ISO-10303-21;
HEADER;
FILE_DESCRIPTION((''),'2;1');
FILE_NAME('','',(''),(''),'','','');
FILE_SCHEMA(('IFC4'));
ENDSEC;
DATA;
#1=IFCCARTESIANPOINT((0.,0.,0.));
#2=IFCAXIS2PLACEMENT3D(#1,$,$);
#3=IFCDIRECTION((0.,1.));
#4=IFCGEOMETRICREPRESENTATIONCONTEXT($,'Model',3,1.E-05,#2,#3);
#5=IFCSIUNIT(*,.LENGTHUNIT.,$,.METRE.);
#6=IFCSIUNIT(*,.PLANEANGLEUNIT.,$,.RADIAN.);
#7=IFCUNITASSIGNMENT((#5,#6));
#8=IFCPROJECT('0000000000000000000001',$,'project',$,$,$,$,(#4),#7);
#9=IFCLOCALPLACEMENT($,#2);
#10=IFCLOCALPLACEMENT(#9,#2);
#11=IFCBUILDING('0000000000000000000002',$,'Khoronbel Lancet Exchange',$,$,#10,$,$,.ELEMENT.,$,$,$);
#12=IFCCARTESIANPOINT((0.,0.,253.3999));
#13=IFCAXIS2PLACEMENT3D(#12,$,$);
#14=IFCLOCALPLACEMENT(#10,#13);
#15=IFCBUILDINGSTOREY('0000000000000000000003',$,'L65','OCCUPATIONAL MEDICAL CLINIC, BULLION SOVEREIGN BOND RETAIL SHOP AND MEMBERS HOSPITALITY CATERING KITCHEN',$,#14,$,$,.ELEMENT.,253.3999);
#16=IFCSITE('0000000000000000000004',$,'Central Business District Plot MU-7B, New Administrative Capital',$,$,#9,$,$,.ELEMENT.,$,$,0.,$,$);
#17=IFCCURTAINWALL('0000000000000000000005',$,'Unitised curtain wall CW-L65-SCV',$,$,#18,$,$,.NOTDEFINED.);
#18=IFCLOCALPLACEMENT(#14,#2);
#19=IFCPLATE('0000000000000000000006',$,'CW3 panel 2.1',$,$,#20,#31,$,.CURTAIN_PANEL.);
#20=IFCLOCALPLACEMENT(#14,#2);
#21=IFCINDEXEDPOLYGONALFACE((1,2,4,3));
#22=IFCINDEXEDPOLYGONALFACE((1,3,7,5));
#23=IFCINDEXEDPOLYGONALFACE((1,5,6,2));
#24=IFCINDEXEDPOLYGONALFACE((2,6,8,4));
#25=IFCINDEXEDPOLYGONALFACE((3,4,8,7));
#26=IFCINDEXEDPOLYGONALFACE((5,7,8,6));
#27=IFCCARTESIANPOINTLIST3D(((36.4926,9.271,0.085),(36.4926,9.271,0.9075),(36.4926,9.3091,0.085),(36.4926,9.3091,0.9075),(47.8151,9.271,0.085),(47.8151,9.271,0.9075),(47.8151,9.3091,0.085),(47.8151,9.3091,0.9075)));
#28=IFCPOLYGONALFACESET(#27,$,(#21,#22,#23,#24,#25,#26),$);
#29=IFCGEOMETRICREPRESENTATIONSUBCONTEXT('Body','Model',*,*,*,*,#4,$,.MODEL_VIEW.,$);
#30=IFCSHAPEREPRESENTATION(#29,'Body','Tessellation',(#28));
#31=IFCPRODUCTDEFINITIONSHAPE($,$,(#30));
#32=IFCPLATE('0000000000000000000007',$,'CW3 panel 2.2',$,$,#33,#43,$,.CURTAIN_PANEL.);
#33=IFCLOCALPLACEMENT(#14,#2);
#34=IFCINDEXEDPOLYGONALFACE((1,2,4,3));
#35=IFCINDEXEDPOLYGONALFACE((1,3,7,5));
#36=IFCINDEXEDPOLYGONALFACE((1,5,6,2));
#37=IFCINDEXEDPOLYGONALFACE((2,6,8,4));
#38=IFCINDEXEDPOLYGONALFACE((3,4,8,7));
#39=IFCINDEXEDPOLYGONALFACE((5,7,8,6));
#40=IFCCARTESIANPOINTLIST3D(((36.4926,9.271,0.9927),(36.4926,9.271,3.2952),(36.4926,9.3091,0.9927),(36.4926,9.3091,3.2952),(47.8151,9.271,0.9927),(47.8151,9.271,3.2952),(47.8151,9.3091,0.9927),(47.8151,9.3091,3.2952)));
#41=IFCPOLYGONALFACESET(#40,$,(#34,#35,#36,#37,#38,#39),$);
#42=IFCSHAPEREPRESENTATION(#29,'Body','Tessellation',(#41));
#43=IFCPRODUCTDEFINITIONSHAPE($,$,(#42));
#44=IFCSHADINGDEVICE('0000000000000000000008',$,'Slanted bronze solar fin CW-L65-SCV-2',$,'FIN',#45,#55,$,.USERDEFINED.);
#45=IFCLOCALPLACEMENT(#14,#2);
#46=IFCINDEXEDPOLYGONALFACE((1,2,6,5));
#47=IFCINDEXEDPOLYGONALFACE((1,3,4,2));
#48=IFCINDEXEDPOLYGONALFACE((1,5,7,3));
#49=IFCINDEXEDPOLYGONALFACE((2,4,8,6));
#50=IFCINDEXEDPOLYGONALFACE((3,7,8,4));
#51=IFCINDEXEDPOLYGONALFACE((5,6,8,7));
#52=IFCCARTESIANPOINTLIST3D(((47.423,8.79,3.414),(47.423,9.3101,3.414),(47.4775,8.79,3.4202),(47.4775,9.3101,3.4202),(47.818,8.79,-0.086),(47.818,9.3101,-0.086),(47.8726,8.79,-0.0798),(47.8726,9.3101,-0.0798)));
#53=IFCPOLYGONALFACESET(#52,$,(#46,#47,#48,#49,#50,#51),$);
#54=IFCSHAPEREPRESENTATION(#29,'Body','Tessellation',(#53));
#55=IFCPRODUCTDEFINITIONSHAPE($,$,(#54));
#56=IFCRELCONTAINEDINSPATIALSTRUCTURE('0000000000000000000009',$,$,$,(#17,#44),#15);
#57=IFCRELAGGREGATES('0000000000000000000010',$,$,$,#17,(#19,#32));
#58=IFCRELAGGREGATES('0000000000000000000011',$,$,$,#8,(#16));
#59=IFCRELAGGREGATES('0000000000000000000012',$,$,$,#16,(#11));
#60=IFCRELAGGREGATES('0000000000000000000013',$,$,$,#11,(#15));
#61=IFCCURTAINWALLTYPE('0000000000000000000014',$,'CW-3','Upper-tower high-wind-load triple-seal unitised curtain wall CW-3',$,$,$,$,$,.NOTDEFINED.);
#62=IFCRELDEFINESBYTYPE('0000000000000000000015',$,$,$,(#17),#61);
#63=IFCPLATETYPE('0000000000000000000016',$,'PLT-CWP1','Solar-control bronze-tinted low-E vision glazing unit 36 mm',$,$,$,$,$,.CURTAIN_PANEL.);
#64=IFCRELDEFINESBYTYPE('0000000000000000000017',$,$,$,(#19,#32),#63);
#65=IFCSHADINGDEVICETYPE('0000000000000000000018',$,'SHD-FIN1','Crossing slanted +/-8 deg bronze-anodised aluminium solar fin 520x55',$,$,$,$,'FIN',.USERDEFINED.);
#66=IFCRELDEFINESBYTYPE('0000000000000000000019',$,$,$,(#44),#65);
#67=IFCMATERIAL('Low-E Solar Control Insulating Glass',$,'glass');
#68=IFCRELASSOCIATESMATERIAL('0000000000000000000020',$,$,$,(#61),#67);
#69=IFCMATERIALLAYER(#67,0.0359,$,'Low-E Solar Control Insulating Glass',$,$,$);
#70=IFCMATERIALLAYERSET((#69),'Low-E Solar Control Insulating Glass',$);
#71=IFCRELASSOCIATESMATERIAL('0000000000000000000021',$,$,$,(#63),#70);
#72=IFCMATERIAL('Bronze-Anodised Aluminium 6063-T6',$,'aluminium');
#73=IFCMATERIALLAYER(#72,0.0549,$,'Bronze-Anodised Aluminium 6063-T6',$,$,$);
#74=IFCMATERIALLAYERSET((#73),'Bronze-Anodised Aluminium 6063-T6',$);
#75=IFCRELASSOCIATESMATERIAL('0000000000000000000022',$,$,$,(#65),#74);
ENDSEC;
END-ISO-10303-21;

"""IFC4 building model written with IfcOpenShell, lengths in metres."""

from ifc_helpers import new_model, si_unit, direction, frame, origin, origin_2d, place, context, subcontext, project, spatial, polyline, rectangle, outline, extrude, material, layer, layer_set, type_object, element, aggregate, save


model = new_model("IFC4")

# Units and contexts
model_context = context("Model", 3, precision=1e-05, world=origin(), true_north=direction((0.0, 1.0)))
body_context = subcontext(model_context, "Body", "Model", "MODEL_VIEW")
ifc_project = project(units=[si_unit("LENGTHUNIT", "METRE"), si_unit("PLANEANGLEUNIT", "RADIAN")], contexts=[model_context])

# Site, building, storey
site_placement = place(None, origin())
site = spatial("IfcSite", under=ifc_project, at=site_placement, Name="Central Business District Plot MU-7B, New Administrative Capital", CompositionType="ELEMENT", RefElevation=0.0)
building_placement = place(site_placement, origin())
building = spatial("IfcBuilding", under=site, at=building_placement, Name="Khoronbel Lancet Exchange", CompositionType="ELEMENT")
storey_placement = place(building_placement, frame((0.0, 0.0, 253.3999)))
storey = spatial("IfcBuildingStorey", under=building, at=storey_placement, Name="L65", Description="OCCUPATIONAL MEDICAL CLINIC, BULLION SOVEREIGN BOND RETAIL SHOP AND MEMBERS HOSPITALITY CATERING KITCHEN", CompositionType="ELEMENT", Elevation=253.3999)

# Curtain wall
ifc_material_1 = material(Name="Low-E Solar Control Insulating Glass", Category="glass")
curtain_wall_type = type_object("IfcCurtainWallType", Name="CW-3", Description="Upper-tower high-wind-load triple-seal unitised curtain wall CW-3", PredefinedType="NOTDEFINED", material=ifc_material_1)
curtain_wall_1_placement = place(storey_placement, origin())
curtain_wall_1 = element("IfcCurtainWall", 1, at=curtain_wall_1_placement, inside=storey, type_object=curtain_wall_type, Name="Unitised curtain wall CW-L65-SCV", PredefinedType="NOTDEFINED")
ifc_material_2 = material(Name="Bronze-Anodised Aluminium 6063-T6", Category="aluminium")

# Plates
ifc_layer_1 = layer(ifc_material_1, 0.0359, Name="Low-E Solar Control Insulating Glass")
ifc_layer_set_1 = layer_set([ifc_layer_1], Name="Low-E Solar Control Insulating Glass")
plate_type_1 = type_object("IfcPlateType", Name="PLT-CWP1", Description="Solar-control bronze-tinted low-E vision glazing unit 36 mm", PredefinedType="CURTAIN_PANEL", material=ifc_layer_set_1)
plate_1_placement = place(storey_placement, frame((42.1538, 9.29, 0.085), z_axis=(0.0, 0.0, 1.0), x_axis=(1.0, 0.0, 0.0)))
plate_1 = element("IfcPlate", 2, at=plate_1_placement, type_object=plate_type_1, Name="CW3 panel 2.1", PredefinedType="CURTAIN_PANEL", context=body_context, shape_type="SweptSolid", body=[
    extrude(rectangle(XDim=11.3225, YDim=0.0381, at=origin_2d()), origin(), (0.0, 0.0, 1.0), 0.8225),
])
plate_2_placement = place(storey_placement, frame((42.1538, 9.29, 0.9927), z_axis=(0.0, 0.0, 1.0), x_axis=(1.0, 0.0, 0.0)))
plate_2 = element("IfcPlate", 3, at=plate_2_placement, type_object=plate_type_1, Name="CW3 panel 2.2", PredefinedType="CURTAIN_PANEL", context=body_context, shape_type="SweptSolid", body=[
    extrude(rectangle(XDim=11.3225, YDim=0.0381, at=origin_2d()), origin(), (0.0, 0.0, 1.0), 2.3025),
])
aggregate(curtain_wall_1, [plate_1, plate_2])

# Shading device
ifc_layer_2 = layer(ifc_material_2, 0.0549, Name="Bronze-Anodised Aluminium 6063-T6")
ifc_layer_set_2 = layer_set([ifc_layer_2], Name="Bronze-Anodised Aluminium 6063-T6")
shading_device_type = type_object("IfcShadingDeviceType", Name="SHD-FIN1", Description="Crossing slanted +/-8 deg bronze-anodised aluminium solar fin 520x55", ElementType="FIN", PredefinedType="USERDEFINED", material=ifc_layer_set_2)
shading_device_placement = place(storey_placement, frame((47.8726, 9.3101, -0.0798), z_axis=(0.993691, 0.0, 0.112151), x_axis=(0.0, -1.0, 0.0)))
element("IfcShadingDevice", 4, at=shading_device_placement, inside=storey, type_object=shading_device_type, Name="Slanted bronze solar fin CW-L65-SCV-2", ObjectType="FIN", PredefinedType="USERDEFINED", context=body_context, shape_type="SweptSolid", body=[
    extrude(outline(polyline([(0.0, 0.0), (0.52, 0.0), (0.52, -3.5222), (0.0, -3.5222), (0.0, 0.0)])), origin(), (0.0, 0.0, -1.0), 0.0549),
])

save(model, "model.ifc")
